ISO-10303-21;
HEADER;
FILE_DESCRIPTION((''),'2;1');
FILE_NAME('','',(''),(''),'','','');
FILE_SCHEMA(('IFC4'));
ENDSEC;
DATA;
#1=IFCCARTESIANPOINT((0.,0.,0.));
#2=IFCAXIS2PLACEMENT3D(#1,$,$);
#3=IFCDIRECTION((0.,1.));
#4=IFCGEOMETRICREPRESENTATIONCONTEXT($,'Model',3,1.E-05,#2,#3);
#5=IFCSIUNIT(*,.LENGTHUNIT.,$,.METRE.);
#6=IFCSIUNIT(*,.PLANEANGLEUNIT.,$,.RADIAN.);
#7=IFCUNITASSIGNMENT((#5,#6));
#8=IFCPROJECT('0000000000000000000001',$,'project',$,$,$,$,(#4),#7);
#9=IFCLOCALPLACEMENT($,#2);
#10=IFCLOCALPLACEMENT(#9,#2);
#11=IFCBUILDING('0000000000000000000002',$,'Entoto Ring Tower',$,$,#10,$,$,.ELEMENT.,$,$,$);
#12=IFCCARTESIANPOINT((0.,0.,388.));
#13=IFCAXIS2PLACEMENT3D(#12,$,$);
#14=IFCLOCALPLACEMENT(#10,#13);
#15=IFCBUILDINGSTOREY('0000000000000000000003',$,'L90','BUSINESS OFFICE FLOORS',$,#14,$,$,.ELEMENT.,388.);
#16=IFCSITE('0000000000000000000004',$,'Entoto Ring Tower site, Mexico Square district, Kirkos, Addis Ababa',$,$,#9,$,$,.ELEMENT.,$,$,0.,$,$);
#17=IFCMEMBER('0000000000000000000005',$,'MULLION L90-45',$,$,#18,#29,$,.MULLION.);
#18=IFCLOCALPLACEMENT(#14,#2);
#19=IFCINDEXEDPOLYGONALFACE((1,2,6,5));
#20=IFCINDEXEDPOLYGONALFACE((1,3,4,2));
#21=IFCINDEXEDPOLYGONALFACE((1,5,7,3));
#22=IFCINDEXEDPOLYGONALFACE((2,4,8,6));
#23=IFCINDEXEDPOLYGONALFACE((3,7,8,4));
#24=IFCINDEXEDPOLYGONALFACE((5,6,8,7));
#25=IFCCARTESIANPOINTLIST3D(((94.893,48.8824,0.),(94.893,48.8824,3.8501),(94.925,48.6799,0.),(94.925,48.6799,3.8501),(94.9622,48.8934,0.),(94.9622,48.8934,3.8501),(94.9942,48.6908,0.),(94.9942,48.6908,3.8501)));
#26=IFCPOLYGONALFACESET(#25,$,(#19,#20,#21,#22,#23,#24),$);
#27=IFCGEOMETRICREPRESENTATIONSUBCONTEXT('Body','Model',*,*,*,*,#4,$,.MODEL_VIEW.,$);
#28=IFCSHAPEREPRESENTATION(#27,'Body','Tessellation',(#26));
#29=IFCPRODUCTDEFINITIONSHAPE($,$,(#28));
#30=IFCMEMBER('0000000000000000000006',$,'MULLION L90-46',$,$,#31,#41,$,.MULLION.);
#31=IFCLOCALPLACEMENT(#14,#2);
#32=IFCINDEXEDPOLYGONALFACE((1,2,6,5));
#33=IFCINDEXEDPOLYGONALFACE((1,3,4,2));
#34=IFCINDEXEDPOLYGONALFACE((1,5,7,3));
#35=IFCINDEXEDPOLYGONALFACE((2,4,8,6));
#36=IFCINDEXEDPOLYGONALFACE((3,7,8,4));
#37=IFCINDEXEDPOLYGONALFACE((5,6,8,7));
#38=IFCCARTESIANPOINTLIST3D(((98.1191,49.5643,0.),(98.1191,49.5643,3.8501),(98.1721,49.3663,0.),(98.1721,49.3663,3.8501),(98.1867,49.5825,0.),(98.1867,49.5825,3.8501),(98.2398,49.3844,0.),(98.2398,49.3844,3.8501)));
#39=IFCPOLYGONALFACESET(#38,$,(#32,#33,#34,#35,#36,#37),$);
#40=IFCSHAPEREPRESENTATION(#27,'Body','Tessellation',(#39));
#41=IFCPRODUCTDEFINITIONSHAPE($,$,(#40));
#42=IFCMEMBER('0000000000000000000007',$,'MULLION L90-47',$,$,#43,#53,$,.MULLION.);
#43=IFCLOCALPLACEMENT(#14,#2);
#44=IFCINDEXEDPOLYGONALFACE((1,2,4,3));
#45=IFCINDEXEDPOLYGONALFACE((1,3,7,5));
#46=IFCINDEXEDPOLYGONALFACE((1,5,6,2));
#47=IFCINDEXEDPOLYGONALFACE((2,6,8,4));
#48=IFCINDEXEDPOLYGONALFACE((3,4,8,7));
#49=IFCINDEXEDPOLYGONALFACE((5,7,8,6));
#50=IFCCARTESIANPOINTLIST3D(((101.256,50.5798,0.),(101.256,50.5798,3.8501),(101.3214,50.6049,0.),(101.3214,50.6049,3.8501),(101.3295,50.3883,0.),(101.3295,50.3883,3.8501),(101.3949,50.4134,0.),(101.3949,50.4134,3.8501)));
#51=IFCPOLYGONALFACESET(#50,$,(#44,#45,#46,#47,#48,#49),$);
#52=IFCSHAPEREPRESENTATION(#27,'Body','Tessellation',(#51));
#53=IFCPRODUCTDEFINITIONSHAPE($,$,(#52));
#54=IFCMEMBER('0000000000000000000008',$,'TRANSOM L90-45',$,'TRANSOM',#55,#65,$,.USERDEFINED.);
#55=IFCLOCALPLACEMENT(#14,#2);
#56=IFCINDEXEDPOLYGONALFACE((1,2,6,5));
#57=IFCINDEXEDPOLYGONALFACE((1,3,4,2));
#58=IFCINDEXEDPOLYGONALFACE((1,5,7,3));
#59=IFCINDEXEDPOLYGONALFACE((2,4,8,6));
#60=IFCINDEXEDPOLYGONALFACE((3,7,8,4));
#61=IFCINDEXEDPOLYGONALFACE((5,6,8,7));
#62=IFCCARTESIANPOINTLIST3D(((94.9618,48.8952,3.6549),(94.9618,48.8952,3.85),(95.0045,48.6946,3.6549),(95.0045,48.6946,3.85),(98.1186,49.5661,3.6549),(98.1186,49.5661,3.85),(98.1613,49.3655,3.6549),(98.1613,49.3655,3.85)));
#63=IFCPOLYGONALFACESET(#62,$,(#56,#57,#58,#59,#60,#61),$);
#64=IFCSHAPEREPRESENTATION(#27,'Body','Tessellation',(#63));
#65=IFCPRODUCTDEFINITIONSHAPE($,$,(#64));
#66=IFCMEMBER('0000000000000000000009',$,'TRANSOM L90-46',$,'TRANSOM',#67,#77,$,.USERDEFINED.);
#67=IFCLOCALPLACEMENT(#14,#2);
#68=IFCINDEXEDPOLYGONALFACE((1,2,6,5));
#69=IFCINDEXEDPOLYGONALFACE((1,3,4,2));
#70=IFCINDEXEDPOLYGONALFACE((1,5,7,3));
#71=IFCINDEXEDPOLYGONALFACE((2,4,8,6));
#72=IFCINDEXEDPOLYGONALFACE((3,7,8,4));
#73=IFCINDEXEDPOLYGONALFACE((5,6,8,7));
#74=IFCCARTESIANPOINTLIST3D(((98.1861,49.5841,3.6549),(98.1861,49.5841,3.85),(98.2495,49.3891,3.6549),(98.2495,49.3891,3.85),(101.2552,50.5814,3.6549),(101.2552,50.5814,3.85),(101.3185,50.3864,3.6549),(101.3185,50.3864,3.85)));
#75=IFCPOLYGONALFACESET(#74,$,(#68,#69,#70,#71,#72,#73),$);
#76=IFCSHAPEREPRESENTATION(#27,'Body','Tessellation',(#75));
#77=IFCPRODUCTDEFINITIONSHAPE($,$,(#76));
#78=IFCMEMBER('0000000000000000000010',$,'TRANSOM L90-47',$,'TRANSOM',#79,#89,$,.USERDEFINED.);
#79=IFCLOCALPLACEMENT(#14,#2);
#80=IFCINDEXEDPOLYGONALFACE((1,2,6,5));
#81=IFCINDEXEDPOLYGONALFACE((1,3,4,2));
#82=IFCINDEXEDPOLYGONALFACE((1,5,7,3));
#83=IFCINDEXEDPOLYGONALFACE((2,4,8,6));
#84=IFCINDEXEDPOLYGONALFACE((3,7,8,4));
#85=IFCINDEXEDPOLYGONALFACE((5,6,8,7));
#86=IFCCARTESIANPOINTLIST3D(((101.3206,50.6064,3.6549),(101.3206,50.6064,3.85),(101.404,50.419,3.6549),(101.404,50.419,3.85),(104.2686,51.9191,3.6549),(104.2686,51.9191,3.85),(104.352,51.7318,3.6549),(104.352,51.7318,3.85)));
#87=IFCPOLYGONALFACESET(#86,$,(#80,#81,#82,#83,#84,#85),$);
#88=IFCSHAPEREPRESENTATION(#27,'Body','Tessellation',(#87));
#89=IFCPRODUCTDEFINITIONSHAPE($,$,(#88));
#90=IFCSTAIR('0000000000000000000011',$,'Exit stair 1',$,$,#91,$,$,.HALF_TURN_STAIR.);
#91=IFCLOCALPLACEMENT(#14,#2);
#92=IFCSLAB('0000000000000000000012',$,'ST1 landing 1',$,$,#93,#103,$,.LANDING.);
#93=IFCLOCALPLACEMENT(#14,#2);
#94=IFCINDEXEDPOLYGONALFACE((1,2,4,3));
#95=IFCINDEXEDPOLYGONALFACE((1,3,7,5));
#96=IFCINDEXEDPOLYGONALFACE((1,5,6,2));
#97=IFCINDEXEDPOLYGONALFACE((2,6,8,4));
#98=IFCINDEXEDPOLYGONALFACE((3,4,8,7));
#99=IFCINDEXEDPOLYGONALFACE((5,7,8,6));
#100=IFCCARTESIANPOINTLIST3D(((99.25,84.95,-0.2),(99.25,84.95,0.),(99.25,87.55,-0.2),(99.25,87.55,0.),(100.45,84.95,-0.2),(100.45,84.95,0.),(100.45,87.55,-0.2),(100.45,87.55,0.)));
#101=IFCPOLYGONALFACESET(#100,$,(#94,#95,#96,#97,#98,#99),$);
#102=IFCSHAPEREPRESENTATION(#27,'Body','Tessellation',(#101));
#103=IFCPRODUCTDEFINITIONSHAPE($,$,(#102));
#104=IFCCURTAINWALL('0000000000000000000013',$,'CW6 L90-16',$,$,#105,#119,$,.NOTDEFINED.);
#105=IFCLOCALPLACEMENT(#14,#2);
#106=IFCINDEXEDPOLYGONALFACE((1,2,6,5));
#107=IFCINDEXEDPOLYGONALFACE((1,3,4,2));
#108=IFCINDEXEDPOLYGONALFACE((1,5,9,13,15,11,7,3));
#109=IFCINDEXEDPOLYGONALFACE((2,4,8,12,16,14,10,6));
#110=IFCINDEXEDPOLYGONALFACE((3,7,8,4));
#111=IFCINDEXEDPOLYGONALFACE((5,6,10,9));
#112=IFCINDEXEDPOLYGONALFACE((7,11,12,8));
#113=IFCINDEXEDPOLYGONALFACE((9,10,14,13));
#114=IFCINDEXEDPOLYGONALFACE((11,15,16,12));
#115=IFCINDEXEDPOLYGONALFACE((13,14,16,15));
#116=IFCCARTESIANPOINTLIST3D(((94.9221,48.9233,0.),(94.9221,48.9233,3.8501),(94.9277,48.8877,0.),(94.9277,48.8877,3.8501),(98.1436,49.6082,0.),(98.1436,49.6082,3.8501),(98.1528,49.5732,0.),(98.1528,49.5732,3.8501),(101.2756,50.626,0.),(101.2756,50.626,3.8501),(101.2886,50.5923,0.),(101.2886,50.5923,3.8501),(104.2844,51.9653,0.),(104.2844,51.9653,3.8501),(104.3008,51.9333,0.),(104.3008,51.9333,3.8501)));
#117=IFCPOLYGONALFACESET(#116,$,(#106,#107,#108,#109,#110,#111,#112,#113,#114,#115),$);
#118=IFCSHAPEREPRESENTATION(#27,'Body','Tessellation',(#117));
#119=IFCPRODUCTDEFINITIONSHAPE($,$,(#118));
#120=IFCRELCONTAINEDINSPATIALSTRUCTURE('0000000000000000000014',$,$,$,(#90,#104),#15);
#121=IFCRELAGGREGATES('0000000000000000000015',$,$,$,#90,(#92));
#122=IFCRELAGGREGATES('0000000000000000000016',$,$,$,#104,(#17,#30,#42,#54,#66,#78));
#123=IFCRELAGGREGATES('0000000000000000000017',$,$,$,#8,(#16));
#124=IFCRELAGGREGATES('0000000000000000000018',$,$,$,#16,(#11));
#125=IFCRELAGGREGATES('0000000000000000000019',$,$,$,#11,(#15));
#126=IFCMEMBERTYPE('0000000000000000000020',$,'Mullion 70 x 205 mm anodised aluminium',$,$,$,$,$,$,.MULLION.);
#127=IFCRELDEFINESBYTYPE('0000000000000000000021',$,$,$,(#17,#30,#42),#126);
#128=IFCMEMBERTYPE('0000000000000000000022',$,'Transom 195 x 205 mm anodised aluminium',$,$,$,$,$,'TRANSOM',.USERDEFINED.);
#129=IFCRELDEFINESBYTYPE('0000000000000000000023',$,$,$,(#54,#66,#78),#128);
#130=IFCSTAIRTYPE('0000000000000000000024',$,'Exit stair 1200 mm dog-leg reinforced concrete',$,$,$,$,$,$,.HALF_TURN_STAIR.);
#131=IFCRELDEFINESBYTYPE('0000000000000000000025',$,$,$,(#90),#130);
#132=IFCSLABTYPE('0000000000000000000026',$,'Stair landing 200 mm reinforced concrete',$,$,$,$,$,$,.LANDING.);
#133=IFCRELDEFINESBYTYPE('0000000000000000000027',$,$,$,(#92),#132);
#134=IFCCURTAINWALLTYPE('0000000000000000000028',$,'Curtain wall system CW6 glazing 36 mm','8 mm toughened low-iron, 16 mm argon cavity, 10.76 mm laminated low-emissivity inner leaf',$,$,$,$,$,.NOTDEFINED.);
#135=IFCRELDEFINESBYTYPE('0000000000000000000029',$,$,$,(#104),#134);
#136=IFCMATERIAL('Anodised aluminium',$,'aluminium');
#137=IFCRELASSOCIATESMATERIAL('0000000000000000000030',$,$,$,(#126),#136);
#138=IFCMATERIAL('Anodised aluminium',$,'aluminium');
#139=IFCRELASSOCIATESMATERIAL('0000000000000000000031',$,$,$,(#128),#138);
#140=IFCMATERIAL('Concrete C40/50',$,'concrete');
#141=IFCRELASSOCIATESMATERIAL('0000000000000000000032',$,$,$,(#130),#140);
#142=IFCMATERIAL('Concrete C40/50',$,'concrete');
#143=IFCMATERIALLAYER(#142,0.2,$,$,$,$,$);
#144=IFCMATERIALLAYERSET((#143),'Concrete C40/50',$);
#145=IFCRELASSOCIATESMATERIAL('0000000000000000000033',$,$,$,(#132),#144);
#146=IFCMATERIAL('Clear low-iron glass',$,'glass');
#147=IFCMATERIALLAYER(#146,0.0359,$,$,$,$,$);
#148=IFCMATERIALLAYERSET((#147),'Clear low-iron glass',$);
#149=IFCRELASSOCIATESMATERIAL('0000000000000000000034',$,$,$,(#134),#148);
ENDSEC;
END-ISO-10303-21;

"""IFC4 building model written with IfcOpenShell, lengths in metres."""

from ifc_helpers import new_model, si_unit, direction, frame, origin, origin_2d, place, context, subcontext, project, spatial, polyline, rectangle, outline, extrude, material, layer, layer_set, material_profile, profile_set, type_object, element, aggregate, save


model = new_model("IFC4")

# Units and contexts
model_context = context("Model", 3, precision=1e-05, world=origin(), true_north=direction((0.0, 1.0)))
body_context = subcontext(model_context, "Body", "Model", "MODEL_VIEW")
ifc_project = project(units=[si_unit("LENGTHUNIT", "METRE"), si_unit("PLANEANGLEUNIT", "RADIAN")], contexts=[model_context])

# Members
ifc_material_1 = material(Name="Anodised aluminium", Category="aluminium")
ifc_material_profile_1 = material_profile(ifc_material_1, rectangle(XDim=0.0701, YDim=0.2051, at=origin_2d()), Name="Mullion 70 x 205 mm anodised aluminium")
ifc_profile_set_1 = profile_set([ifc_material_profile_1], Name="Anodised aluminium")
member_type_1 = type_object("IfcMemberType", Name="Mullion 70 x 205 mm anodised aluminium", PredefinedType="MULLION", material=ifc_profile_set_1)
site_placement = place(None, origin())
building_placement = place(site_placement, origin())
storey_placement = place(building_placement, frame((0.0, 0.0, 388.0)))
member_1_placement = place(storey_placement, frame((94.9436, 48.7866, 0.0), z_axis=(0.0, 0.0, 1.0), x_axis=(0.987688, 0.156434, 0.0)))
member_1 = element("IfcMember", 1, at=member_1_placement, type_object=member_type_1, Name="MULLION L90-45", PredefinedType="MULLION", context=body_context, shape_type="SweptSolid", body=[
    extrude(rectangle(XDim=0.0701, YDim=0.2051, at=origin_2d()), origin(), (0.0, 0.0, 1.0), 3.8501),
])
member_2_placement = place(storey_placement, frame((98.1794, 49.4744, 0.0), z_axis=(0.0, 0.0, 1.0), x_axis=(0.965926, 0.258819, 0.0)))
member_2 = element("IfcMember", 2, at=member_2_placement, type_object=member_type_1, Name="MULLION L90-46", PredefinedType="MULLION", context=body_context, shape_type="SweptSolid", body=[
    extrude(rectangle(XDim=0.0701, YDim=0.2051, at=origin_2d()), origin(), (0.0, 0.0, 1.0), 3.8501),
])
member_3_placement = place(storey_placement, frame((101.3254, 50.4966, 0.0), z_axis=(0.0, 0.0, 1.0), x_axis=(0.93358, 0.358368, 0.0)))
member_3 = element("IfcMember", 3, at=member_3_placement, type_object=member_type_1, Name="MULLION L90-47", PredefinedType="MULLION", context=body_context, shape_type="SweptSolid", body=[
    extrude(rectangle(XDim=0.0701, YDim=0.2051, at=origin_2d()), origin(), (0.0, 0.0, 1.0), 3.8501),
])
ifc_material_2 = material(Name="Anodised aluminium", Category="aluminium")
ifc_material_profile_2 = material_profile(ifc_material_2, rectangle(XDim=0.2051, YDim=0.1951, at=origin_2d()), Name="Transom 195 x 205 mm anodised aluminium")
ifc_profile_set_2 = profile_set([ifc_material_profile_2], Name="Anodised aluminium")
member_type_2 = type_object("IfcMemberType", Name="Transom 195 x 205 mm anodised aluminium", ElementType="TRANSOM", PredefinedType="USERDEFINED", material=ifc_profile_set_2)
member_4_placement = place(storey_placement, frame((94.9832, 48.7949, 3.7524), z_axis=(0.978153, 0.207886, 0.0), x_axis=(-0.207886, 0.978153, 0.0)))
member_4 = element("IfcMember", 4, at=member_4_placement, type_object=member_type_2, Name="TRANSOM L90-45", ObjectType="TRANSOM", PredefinedType="USERDEFINED", context=body_context, shape_type="SweptSolid", body=[
    extrude(rectangle(XDim=0.2051, YDim=0.1951, at=origin_2d()), origin(), (0.0, 0.0, 1.0), 3.2273),
])
member_5_placement = place(storey_placement, frame((98.2178, 49.4866, 3.7524), z_axis=(0.951047, 0.309047, 0.0), x_axis=(-0.309047, 0.951047, 0.0)))
member_5 = element("IfcMember", 5, at=member_5_placement, type_object=member_type_2, Name="TRANSOM L90-46", ObjectType="TRANSOM", PredefinedType="USERDEFINED", context=body_context, shape_type="SweptSolid", body=[
    extrude(rectangle(XDim=0.2051, YDim=0.1951, at=origin_2d()), origin(), (0.0, 0.0, 1.0), 3.2271),
])
member_6_placement = place(storey_placement, frame((101.3623, 50.5127, 3.7524), z_axis=(0.913521, 0.406791, 0.0), x_axis=(-0.406791, 0.913521, 0.0)))
member_6 = element("IfcMember", 6, at=member_6_placement, type_object=member_type_2, Name="TRANSOM L90-47", ObjectType="TRANSOM", PredefinedType="USERDEFINED", context=body_context, shape_type="SweptSolid", body=[
    extrude(rectangle(XDim=0.2051, YDim=0.1951, at=origin_2d()), origin(), (0.0, 0.0, 1.0), 3.2271),
])

# Site, building, storey
site = spatial("IfcSite", under=ifc_project, at=site_placement, Name="Entoto Ring Tower site, Mexico Square district, Kirkos, Addis Ababa", CompositionType="ELEMENT", RefElevation=0.0)
building = spatial("IfcBuilding", under=site, at=building_placement, Name="Entoto Ring Tower", CompositionType="ELEMENT")
storey = spatial("IfcBuildingStorey", under=building, at=storey_placement, Name="L90", Description="BUSINESS OFFICE FLOORS", CompositionType="ELEMENT", Elevation=388.0)

# Stair, slab
ifc_material_3 = material(Name="Concrete C40/50", Category="concrete")
stair_type = type_object("IfcStairType", Name="Exit stair 1200 mm dog-leg reinforced concrete", PredefinedType="HALF_TURN_STAIR", material=ifc_material_3)
stair_placement = place(storey_placement, origin())
stair = element("IfcStair", 7, at=stair_placement, inside=storey, type_object=stair_type, Name="Exit stair 1", PredefinedType="HALF_TURN_STAIR")
ifc_material_4 = material(Name="Concrete C40/50", Category="concrete")
ifc_layer_1 = layer(ifc_material_4, 0.2)
ifc_layer_set_1 = layer_set([ifc_layer_1], Name="Concrete C40/50")
slab_type = type_object("IfcSlabType", Name="Stair landing 200 mm reinforced concrete", PredefinedType="LANDING", material=ifc_layer_set_1)
slab_placement = place(storey_placement, frame((0.0, 0.0, -0.2)))
slab = element("IfcSlab", 8, at=slab_placement, type_object=slab_type, Name="ST1 landing 1", PredefinedType="LANDING", context=body_context, shape_type="SweptSolid", body=[
    extrude(outline(polyline([(100.45, 84.95), (100.45, 87.55), (99.25, 87.55), (99.25, 84.95), (100.45, 84.95)])), origin(), (0.0, 0.0, 1.0), 0.2),
])
aggregate(stair, [slab])

# Curtain wall
ifc_material_5 = material(Name="Clear low-iron glass", Category="glass")
ifc_layer_2 = layer(ifc_material_5, 0.0359)
ifc_layer_set_2 = layer_set([ifc_layer_2], Name="Clear low-iron glass")
curtain_wall_type = type_object("IfcCurtainWallType", Name="Curtain wall system CW6 glazing 36 mm", Description="8 mm toughened low-iron, 16 mm argon cavity, 10.76 mm laminated low-emissivity inner leaf", PredefinedType="NOTDEFINED", material=ifc_layer_set_2)
curtain_wall_1_placement = place(storey_placement, origin())
curtain_wall_1 = element("IfcCurtainWall", 9, at=curtain_wall_1_placement, inside=storey, type_object=curtain_wall_type, Name="CW6 L90-16", PredefinedType="NOTDEFINED", context=body_context, shape_type="SweptSolid", body=[
    extrude(outline(polyline([(94.9277, 48.8877), (98.1528, 49.5732), (101.2886, 50.5923), (104.3008, 51.9333), (104.2844, 51.9653), (101.2756, 50.626), (98.1436, 49.6082), (94.9221, 48.9233), (94.9277, 48.8877)])), origin(), (0.0, 0.0, 1.0), 3.8501),
])
aggregate(curtain_wall_1, [member_1, member_2, member_3, member_4, member_5, member_6])

save(model, "model.ifc")
